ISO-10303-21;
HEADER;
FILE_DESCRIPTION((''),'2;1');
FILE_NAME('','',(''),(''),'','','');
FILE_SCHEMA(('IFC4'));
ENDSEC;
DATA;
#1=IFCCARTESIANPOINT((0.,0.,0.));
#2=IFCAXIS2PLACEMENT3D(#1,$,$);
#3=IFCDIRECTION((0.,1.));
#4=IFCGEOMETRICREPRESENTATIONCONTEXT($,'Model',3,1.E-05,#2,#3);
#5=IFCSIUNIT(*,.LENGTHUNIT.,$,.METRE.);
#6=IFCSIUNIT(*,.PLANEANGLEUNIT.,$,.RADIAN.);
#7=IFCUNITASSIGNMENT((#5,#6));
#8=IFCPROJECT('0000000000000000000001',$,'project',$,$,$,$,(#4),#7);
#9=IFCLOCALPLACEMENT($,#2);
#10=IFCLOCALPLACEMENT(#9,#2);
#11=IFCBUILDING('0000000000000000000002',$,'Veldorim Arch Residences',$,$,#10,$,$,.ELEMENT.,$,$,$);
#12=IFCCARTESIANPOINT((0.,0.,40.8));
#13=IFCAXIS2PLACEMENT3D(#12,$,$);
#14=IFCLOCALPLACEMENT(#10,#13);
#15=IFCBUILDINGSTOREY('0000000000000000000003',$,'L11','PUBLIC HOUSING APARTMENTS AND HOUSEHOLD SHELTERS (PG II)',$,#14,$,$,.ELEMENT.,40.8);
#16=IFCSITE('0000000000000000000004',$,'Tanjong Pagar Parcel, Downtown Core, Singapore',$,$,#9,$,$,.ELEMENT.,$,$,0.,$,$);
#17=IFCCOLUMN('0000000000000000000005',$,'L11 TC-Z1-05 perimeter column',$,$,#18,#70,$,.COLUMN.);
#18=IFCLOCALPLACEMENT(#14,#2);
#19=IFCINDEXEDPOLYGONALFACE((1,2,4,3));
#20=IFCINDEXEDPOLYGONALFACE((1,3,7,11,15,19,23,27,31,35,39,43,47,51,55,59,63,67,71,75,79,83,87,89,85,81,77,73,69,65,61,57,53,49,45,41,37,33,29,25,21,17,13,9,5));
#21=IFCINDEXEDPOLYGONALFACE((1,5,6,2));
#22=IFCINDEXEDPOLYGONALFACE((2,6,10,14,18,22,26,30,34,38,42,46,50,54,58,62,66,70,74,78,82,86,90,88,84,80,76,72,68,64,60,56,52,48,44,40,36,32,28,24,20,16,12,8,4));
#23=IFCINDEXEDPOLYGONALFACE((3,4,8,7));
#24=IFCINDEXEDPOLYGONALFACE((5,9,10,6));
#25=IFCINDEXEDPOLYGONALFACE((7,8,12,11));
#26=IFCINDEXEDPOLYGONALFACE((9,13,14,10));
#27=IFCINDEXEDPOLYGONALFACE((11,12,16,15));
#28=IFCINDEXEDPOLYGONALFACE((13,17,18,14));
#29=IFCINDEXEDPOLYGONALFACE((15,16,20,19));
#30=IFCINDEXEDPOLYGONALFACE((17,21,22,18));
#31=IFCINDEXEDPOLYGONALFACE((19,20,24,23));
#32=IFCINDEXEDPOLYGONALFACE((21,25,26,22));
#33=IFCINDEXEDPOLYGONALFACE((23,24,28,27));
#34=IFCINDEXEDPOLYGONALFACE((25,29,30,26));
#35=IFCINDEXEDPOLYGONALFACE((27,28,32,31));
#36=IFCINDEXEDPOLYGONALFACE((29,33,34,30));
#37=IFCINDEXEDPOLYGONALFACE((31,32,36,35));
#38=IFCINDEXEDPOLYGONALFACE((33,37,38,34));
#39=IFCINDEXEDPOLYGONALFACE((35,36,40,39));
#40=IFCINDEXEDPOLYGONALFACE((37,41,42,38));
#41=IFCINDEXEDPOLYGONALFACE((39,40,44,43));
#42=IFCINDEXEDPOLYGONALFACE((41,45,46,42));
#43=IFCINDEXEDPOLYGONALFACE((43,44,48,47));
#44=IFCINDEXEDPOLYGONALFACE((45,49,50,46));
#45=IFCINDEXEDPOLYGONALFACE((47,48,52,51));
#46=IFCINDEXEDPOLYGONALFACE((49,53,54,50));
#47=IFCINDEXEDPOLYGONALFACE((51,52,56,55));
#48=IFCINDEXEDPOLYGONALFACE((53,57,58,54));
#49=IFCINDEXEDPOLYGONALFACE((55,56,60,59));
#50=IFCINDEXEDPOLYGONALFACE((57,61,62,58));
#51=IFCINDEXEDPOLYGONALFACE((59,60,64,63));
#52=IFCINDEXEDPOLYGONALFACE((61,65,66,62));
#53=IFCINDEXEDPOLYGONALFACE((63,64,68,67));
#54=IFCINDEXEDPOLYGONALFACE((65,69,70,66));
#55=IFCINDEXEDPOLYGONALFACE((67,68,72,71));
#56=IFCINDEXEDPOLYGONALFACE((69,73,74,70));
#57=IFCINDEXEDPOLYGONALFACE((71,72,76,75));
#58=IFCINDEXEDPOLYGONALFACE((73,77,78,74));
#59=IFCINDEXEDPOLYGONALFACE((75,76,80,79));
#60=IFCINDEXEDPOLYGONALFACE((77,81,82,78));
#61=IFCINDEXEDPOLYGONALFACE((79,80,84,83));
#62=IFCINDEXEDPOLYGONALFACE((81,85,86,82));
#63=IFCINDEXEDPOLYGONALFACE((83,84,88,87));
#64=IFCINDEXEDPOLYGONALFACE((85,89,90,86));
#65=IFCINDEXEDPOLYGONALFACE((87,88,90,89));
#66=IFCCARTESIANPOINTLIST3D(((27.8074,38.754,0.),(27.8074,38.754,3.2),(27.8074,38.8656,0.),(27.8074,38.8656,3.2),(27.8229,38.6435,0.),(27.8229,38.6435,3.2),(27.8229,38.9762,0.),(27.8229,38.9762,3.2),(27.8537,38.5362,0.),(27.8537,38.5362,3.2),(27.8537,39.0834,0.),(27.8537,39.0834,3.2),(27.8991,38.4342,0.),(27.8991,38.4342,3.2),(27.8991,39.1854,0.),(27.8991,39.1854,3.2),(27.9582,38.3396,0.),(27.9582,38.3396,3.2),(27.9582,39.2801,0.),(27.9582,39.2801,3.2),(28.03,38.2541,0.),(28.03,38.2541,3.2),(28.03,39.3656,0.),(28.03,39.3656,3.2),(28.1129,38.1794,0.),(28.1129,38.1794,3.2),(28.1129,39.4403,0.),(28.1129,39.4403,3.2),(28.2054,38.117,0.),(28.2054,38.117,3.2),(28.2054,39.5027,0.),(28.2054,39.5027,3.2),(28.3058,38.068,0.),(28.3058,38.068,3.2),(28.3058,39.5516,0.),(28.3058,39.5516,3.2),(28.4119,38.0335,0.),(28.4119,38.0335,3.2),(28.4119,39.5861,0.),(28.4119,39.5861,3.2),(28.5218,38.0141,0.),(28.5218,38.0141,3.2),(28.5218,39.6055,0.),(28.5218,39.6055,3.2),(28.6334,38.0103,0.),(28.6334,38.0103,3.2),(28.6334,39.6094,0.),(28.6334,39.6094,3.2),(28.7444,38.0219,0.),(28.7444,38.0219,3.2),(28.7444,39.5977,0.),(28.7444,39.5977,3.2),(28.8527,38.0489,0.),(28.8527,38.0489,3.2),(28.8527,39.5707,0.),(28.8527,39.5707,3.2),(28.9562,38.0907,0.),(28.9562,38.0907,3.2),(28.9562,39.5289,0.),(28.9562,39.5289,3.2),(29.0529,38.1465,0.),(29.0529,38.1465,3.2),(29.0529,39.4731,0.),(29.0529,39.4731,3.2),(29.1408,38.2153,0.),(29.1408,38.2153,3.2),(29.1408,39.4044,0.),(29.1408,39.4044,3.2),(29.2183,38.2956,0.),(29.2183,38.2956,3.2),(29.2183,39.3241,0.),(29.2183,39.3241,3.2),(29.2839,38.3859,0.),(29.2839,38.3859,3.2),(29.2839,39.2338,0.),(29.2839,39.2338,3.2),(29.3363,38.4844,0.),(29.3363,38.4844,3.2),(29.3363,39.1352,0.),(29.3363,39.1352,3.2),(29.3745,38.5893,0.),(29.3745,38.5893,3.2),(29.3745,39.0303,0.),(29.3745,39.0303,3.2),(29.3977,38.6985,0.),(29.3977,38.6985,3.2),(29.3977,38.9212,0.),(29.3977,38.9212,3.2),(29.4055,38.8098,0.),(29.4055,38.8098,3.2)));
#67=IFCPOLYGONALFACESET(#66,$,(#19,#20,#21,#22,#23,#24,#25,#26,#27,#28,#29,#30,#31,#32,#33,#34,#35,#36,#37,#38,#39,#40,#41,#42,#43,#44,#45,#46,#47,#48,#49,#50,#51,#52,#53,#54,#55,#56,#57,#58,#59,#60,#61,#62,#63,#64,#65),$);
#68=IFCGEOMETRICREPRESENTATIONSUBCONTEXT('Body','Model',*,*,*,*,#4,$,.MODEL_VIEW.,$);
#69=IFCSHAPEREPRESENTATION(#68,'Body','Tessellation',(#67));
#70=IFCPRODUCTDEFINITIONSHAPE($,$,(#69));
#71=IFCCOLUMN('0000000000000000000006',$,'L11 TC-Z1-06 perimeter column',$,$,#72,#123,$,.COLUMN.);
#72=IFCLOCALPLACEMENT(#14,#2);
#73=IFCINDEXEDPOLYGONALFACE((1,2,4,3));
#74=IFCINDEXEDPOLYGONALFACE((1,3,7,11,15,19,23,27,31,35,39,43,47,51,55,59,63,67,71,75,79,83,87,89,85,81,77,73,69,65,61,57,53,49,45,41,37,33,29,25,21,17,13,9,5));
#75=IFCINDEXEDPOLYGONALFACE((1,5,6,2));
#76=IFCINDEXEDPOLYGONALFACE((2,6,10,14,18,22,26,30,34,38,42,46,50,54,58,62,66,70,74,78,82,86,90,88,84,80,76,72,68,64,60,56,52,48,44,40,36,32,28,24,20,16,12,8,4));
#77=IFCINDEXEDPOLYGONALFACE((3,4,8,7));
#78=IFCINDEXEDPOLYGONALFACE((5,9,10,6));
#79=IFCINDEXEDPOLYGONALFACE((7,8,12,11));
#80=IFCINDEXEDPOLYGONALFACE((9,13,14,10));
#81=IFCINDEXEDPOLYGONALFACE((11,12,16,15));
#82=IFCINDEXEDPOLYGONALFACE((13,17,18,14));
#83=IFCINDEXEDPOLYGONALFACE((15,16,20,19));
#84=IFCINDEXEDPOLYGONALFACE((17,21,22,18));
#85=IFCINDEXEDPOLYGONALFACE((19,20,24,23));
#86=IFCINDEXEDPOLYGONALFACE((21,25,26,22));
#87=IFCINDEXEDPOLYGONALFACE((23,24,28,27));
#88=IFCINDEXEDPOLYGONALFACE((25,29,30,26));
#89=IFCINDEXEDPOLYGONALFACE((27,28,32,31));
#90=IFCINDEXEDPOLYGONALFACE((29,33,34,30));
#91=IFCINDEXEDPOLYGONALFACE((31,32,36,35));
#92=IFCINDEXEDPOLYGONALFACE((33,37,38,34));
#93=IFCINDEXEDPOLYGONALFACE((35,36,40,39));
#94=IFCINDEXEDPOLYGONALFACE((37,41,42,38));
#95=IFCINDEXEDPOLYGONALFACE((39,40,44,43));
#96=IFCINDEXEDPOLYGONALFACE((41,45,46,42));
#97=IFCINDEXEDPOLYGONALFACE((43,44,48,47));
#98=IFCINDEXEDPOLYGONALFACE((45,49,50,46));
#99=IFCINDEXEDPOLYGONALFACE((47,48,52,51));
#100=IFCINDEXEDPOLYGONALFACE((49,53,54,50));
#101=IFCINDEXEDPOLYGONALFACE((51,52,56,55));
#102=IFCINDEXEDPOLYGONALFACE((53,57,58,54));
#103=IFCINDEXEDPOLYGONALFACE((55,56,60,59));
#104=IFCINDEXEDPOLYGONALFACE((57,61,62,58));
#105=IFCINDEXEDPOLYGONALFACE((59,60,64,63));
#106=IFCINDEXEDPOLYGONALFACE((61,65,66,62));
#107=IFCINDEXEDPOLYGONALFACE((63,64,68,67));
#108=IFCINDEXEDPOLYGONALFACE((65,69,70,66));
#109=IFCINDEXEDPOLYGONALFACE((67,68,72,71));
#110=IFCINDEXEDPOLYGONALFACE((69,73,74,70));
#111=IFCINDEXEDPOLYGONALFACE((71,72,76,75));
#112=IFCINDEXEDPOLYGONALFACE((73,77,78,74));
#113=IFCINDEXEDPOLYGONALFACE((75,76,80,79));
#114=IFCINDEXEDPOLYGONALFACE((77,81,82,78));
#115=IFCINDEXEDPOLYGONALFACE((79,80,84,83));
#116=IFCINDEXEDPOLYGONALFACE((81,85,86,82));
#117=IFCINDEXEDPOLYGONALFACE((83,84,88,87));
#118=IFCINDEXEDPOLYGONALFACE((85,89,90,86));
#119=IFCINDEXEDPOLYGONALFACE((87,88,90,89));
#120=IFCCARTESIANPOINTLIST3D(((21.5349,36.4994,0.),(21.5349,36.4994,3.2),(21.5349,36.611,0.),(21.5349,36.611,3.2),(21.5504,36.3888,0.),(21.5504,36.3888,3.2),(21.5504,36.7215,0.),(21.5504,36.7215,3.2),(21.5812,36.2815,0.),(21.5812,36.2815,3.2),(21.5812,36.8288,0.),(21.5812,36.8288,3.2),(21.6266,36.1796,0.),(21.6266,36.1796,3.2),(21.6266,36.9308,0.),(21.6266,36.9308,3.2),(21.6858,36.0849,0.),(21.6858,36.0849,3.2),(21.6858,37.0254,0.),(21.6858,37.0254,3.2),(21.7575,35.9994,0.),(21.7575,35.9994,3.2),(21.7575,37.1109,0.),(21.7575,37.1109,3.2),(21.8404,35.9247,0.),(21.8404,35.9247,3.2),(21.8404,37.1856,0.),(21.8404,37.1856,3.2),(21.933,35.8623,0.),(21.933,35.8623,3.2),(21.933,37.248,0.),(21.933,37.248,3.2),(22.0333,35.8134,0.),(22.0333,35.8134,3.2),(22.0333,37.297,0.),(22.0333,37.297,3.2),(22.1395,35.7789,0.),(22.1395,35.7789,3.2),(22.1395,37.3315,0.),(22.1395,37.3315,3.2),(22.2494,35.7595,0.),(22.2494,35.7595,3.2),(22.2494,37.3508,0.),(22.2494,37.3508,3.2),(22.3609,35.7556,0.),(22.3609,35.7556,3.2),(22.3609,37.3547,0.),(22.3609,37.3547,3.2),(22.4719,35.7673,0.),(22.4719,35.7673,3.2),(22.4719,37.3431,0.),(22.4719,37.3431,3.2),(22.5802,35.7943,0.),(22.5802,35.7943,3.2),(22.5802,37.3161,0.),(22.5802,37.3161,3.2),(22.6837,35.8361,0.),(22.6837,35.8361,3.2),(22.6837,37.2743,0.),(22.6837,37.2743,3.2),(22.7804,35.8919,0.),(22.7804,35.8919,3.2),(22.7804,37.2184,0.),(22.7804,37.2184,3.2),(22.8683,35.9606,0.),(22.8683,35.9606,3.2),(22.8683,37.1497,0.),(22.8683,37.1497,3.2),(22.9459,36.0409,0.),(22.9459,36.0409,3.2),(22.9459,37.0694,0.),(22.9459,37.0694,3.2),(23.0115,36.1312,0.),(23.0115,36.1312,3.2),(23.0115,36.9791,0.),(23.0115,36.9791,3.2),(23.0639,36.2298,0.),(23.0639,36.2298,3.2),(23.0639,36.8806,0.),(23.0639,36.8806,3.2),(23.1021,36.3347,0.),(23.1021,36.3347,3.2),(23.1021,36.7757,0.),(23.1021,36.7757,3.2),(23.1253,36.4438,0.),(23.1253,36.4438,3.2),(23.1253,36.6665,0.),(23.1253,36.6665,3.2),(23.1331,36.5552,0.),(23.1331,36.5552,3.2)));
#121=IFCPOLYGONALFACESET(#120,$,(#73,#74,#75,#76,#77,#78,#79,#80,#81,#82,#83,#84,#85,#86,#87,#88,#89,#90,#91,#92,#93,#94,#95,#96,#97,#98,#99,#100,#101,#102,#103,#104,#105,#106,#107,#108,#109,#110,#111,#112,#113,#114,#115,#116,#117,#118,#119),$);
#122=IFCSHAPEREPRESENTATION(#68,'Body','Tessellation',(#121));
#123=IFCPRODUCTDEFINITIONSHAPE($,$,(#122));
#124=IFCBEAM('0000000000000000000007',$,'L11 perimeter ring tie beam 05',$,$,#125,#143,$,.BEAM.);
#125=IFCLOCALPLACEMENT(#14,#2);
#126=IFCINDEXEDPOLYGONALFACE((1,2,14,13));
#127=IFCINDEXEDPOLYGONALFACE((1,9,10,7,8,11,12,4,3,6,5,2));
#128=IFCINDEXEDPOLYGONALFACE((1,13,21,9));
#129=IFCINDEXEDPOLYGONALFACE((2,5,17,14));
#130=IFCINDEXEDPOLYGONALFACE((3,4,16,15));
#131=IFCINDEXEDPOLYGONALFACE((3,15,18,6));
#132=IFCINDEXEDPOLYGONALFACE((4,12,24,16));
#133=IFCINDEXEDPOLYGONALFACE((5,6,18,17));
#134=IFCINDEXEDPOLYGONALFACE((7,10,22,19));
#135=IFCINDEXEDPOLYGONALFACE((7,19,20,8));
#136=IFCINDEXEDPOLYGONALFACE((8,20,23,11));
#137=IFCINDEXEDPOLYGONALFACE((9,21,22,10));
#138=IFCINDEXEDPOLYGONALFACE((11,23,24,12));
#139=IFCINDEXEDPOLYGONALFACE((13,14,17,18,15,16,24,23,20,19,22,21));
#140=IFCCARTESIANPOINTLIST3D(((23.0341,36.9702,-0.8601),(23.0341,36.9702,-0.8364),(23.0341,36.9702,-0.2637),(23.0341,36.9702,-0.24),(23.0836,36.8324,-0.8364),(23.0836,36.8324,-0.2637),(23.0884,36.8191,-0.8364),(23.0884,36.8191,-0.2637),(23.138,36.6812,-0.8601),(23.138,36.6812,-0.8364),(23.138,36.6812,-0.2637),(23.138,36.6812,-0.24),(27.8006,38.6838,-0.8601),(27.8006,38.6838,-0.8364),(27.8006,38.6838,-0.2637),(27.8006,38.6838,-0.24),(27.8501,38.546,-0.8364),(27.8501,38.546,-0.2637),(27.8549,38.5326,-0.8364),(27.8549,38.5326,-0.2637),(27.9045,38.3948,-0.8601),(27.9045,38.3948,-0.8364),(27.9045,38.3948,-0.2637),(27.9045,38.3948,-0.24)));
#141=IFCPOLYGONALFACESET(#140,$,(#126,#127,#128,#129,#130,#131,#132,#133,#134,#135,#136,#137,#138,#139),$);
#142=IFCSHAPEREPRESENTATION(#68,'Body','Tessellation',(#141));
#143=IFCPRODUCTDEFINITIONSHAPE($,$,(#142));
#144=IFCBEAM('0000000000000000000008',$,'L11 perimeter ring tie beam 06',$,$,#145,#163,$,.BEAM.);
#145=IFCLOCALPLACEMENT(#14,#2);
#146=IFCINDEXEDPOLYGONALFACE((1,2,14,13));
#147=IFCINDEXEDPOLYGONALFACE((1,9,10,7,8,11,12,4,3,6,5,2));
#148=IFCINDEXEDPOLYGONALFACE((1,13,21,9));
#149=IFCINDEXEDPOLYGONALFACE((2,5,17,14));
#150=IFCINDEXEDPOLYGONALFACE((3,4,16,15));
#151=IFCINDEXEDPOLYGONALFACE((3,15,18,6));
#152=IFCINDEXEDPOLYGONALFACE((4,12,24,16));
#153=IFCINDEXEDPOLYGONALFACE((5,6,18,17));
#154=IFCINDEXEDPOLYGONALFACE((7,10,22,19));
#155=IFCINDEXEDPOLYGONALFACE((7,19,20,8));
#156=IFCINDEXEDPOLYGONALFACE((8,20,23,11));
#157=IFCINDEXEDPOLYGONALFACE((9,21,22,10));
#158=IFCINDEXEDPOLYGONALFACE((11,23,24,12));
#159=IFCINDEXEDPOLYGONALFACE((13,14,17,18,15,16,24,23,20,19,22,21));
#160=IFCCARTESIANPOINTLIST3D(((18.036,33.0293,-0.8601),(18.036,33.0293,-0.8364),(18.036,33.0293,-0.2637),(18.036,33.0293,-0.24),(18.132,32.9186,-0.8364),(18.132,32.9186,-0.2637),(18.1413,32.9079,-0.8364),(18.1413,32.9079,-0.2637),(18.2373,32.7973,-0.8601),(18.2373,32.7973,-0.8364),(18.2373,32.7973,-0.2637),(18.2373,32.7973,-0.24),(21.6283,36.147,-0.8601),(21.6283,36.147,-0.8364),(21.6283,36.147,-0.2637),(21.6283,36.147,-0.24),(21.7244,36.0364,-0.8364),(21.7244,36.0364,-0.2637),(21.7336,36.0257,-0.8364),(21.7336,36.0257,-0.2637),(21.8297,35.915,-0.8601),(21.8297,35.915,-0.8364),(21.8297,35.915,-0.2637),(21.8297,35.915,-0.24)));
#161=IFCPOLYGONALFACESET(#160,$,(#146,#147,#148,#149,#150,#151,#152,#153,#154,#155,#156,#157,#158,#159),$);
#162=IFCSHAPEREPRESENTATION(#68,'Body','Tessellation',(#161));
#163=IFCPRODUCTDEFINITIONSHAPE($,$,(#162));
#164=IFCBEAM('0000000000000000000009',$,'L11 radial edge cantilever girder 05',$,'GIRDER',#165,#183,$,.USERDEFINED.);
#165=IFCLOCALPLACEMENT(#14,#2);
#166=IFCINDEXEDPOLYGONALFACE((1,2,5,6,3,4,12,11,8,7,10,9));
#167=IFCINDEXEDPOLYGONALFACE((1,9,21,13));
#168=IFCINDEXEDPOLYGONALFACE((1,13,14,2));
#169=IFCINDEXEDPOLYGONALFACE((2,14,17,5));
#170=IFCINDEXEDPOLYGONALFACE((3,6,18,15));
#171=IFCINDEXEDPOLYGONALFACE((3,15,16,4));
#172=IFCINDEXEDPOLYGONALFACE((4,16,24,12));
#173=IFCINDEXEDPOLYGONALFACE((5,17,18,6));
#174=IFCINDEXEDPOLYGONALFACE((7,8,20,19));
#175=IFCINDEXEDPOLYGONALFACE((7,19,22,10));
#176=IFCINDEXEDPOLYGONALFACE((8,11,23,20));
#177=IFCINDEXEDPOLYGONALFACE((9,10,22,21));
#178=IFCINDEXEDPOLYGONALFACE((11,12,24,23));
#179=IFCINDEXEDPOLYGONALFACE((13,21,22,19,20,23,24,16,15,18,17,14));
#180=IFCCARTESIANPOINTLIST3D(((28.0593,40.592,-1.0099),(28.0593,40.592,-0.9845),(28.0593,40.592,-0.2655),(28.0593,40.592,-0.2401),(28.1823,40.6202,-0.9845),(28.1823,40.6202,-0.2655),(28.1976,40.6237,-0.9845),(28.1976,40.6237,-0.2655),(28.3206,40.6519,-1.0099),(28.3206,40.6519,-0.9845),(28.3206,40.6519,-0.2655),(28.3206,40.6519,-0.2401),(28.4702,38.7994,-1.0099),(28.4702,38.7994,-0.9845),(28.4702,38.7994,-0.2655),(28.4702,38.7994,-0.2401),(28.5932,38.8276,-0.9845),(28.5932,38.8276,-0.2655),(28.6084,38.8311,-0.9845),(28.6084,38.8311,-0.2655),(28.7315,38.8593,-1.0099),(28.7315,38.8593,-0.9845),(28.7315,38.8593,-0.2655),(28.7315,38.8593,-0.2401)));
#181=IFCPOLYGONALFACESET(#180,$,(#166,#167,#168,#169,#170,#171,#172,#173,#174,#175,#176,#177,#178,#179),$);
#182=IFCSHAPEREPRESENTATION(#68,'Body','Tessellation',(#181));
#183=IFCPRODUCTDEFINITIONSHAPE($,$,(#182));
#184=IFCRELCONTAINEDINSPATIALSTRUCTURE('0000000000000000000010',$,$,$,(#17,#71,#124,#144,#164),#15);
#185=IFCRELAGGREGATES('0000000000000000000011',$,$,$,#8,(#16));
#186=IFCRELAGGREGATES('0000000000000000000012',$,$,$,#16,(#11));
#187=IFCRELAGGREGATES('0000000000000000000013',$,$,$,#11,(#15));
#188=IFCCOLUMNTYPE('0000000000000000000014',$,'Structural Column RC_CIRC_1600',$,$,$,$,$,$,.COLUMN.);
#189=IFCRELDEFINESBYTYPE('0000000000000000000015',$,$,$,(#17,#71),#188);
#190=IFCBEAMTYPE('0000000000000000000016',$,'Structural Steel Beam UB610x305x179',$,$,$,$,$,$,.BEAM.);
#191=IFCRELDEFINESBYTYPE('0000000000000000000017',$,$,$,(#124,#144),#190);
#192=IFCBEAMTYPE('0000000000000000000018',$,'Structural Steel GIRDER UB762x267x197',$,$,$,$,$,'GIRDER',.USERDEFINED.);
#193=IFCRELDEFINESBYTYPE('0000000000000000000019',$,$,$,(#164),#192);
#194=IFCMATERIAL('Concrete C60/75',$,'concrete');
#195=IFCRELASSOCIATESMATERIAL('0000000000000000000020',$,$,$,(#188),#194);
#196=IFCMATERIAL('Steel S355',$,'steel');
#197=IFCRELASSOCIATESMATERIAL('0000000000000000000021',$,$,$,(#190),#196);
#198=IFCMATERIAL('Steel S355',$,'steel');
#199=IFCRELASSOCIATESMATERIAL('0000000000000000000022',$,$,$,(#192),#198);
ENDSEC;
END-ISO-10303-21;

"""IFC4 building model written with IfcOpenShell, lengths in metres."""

from ifc_helpers import new_model, si_unit, direction, frame, origin, origin_2d, place, context, subcontext, project, spatial, circle, i_section, extrude, material, material_profile, profile_set, type_object, element, save


model = new_model("IFC4")

# Units and contexts
model_context = context("Model", 3, precision=1e-05, world=origin(), true_north=direction((0.0, 1.0)))
body_context = subcontext(model_context, "Body", "Model", "MODEL_VIEW")
ifc_project = project(units=[si_unit("LENGTHUNIT", "METRE"), si_unit("PLANEANGLEUNIT", "RADIAN")], contexts=[model_context])

# Site, building, storey
site_placement = place(None, origin())
site = spatial("IfcSite", under=ifc_project, at=site_placement, Name="Tanjong Pagar Parcel, Downtown Core, Singapore", CompositionType="ELEMENT", RefElevation=0.0)
building_placement = place(site_placement, origin())
building = spatial("IfcBuilding", under=site, at=building_placement, Name="Veldorim Arch Residences", CompositionType="ELEMENT")
storey_placement = place(building_placement, frame((0.0, 0.0, 40.8)))
storey = spatial("IfcBuildingStorey", under=building, at=storey_placement, Name="L11", Description="PUBLIC HOUSING APARTMENTS AND HOUSEHOLD SHELTERS (PG II)", CompositionType="ELEMENT", Elevation=40.8)

# Columns
ifc_material_1 = material(Name="Concrete C60/75", Category="concrete")
ifc_material_profile_1 = material_profile(ifc_material_1, circle(Radius=0.8, at=origin_2d()), Name="RC_CIRC_1600")
ifc_profile_set_1 = profile_set([ifc_material_profile_1], Name="Concrete C60/75")
column_type = type_object("IfcColumnType", Name="Structural Column RC_CIRC_1600", PredefinedType="COLUMN", material=ifc_profile_set_1)
for number, where, z_axis, x_axis, name in (
    (1, (28.6055, 38.8098, 0.0), (0.0, 0.0, 1.0), (1.0, 0.0, 0.0), "L11 TC-Z1-05 perimeter column"),
    (2, (22.333, 36.5552, 0.0), (0.0, 0.0, 1.0), (1.0, 0.0, 0.0), "L11 TC-Z1-06 perimeter column"),
):
    element("IfcColumn", number, at=place(storey_placement, frame(where, z_axis=z_axis, x_axis=x_axis)), inside=storey, type_object=column_type, Name=name, PredefinedType="COLUMN", context=body_context, shape_type="SweptSolid", body=[
        extrude(circle(Radius=0.8, at=origin_2d()), origin(), (0.0, 0.0, 1.0), 3.2),
    ])

# Beams
ifc_material_2 = material(Name="Steel S355", Category="steel")
ifc_material_profile_2 = material_profile(ifc_material_2, i_section(OverallWidth=0.3071, OverallDepth=0.6201, WebThickness=0.0142, FlangeThickness=0.0237, at=origin_2d()), Name="UB610x305x179")
ifc_profile_set_2 = profile_set([ifc_material_profile_2], Name="Steel S355")
beam_type_1 = type_object("IfcBeamType", Name="Structural Steel Beam UB610x305x179", PredefinedType="BEAM", material=ifc_profile_set_2)
beam_1_placement = place(storey_placement, frame((27.8525, 38.5393, -0.55), z_axis=(-0.941035, -0.338308, 0.0), x_axis=(0.338308, -0.941035, 0.0)))
element("IfcBeam", 3, at=beam_1_placement, inside=storey, type_object=beam_type_1, Name="L11 perimeter ring tie beam 05", PredefinedType="BEAM", context=body_context, shape_type="SweptSolid", body=[
    extrude(i_section(OverallWidth=0.3071, OverallDepth=0.6201, WebThickness=0.0142, FlangeThickness=0.0237, at=origin_2d()), origin(), (0.0, 0.0, 1.0), 5.0652),
])
beam_2_placement = place(storey_placement, frame((21.729, 36.031, -0.55), z_axis=(-0.755235, -0.655454, 0.0), x_axis=(0.655454, -0.755235, 0.0)))
element("IfcBeam", 4, at=beam_2_placement, inside=storey, type_object=beam_type_1, Name="L11 perimeter ring tie beam 06", PredefinedType="BEAM", context=body_context, shape_type="SweptSolid", body=[
    extrude(i_section(OverallWidth=0.3071, OverallDepth=0.6201, WebThickness=0.0142, FlangeThickness=0.0237, at=origin_2d()), origin(), (0.0, 0.0, 1.0), 4.7566),
])
ifc_material_3 = material(Name="Steel S355", Category="steel")
ifc_material_profile_3 = material_profile(ifc_material_3, i_section(OverallWidth=0.2681, OverallDepth=0.7698, WebThickness=0.0156, FlangeThickness=0.0254, at=origin_2d()), Name="UB762x267x197")
ifc_profile_set_3 = profile_set([ifc_material_profile_3], Name="Steel S355")
beam_type_2 = type_object("IfcBeamType", Name="Structural Steel GIRDER UB762x267x197", ElementType="GIRDER", PredefinedType="USERDEFINED", material=ifc_profile_set_3)
beam_3_placement = place(storey_placement, frame((28.6008, 38.8293, -0.625), z_axis=(-0.223405, 0.974726, 0.0), x_axis=(-0.974726, -0.223405, 0.0)))
element("IfcBeam", 5, at=beam_3_placement, inside=storey, type_object=beam_type_2, Name="L11 radial edge cantilever girder 05", ObjectType="GIRDER", PredefinedType="USERDEFINED", context=body_context, shape_type="SweptSolid", body=[
    extrude(i_section(OverallWidth=0.2681, OverallDepth=0.7698, WebThickness=0.0156, FlangeThickness=0.0254, at=origin_2d()), origin(), (0.0, 0.0, 1.0), 1.8391),
])

save(model, "model.ifc")
